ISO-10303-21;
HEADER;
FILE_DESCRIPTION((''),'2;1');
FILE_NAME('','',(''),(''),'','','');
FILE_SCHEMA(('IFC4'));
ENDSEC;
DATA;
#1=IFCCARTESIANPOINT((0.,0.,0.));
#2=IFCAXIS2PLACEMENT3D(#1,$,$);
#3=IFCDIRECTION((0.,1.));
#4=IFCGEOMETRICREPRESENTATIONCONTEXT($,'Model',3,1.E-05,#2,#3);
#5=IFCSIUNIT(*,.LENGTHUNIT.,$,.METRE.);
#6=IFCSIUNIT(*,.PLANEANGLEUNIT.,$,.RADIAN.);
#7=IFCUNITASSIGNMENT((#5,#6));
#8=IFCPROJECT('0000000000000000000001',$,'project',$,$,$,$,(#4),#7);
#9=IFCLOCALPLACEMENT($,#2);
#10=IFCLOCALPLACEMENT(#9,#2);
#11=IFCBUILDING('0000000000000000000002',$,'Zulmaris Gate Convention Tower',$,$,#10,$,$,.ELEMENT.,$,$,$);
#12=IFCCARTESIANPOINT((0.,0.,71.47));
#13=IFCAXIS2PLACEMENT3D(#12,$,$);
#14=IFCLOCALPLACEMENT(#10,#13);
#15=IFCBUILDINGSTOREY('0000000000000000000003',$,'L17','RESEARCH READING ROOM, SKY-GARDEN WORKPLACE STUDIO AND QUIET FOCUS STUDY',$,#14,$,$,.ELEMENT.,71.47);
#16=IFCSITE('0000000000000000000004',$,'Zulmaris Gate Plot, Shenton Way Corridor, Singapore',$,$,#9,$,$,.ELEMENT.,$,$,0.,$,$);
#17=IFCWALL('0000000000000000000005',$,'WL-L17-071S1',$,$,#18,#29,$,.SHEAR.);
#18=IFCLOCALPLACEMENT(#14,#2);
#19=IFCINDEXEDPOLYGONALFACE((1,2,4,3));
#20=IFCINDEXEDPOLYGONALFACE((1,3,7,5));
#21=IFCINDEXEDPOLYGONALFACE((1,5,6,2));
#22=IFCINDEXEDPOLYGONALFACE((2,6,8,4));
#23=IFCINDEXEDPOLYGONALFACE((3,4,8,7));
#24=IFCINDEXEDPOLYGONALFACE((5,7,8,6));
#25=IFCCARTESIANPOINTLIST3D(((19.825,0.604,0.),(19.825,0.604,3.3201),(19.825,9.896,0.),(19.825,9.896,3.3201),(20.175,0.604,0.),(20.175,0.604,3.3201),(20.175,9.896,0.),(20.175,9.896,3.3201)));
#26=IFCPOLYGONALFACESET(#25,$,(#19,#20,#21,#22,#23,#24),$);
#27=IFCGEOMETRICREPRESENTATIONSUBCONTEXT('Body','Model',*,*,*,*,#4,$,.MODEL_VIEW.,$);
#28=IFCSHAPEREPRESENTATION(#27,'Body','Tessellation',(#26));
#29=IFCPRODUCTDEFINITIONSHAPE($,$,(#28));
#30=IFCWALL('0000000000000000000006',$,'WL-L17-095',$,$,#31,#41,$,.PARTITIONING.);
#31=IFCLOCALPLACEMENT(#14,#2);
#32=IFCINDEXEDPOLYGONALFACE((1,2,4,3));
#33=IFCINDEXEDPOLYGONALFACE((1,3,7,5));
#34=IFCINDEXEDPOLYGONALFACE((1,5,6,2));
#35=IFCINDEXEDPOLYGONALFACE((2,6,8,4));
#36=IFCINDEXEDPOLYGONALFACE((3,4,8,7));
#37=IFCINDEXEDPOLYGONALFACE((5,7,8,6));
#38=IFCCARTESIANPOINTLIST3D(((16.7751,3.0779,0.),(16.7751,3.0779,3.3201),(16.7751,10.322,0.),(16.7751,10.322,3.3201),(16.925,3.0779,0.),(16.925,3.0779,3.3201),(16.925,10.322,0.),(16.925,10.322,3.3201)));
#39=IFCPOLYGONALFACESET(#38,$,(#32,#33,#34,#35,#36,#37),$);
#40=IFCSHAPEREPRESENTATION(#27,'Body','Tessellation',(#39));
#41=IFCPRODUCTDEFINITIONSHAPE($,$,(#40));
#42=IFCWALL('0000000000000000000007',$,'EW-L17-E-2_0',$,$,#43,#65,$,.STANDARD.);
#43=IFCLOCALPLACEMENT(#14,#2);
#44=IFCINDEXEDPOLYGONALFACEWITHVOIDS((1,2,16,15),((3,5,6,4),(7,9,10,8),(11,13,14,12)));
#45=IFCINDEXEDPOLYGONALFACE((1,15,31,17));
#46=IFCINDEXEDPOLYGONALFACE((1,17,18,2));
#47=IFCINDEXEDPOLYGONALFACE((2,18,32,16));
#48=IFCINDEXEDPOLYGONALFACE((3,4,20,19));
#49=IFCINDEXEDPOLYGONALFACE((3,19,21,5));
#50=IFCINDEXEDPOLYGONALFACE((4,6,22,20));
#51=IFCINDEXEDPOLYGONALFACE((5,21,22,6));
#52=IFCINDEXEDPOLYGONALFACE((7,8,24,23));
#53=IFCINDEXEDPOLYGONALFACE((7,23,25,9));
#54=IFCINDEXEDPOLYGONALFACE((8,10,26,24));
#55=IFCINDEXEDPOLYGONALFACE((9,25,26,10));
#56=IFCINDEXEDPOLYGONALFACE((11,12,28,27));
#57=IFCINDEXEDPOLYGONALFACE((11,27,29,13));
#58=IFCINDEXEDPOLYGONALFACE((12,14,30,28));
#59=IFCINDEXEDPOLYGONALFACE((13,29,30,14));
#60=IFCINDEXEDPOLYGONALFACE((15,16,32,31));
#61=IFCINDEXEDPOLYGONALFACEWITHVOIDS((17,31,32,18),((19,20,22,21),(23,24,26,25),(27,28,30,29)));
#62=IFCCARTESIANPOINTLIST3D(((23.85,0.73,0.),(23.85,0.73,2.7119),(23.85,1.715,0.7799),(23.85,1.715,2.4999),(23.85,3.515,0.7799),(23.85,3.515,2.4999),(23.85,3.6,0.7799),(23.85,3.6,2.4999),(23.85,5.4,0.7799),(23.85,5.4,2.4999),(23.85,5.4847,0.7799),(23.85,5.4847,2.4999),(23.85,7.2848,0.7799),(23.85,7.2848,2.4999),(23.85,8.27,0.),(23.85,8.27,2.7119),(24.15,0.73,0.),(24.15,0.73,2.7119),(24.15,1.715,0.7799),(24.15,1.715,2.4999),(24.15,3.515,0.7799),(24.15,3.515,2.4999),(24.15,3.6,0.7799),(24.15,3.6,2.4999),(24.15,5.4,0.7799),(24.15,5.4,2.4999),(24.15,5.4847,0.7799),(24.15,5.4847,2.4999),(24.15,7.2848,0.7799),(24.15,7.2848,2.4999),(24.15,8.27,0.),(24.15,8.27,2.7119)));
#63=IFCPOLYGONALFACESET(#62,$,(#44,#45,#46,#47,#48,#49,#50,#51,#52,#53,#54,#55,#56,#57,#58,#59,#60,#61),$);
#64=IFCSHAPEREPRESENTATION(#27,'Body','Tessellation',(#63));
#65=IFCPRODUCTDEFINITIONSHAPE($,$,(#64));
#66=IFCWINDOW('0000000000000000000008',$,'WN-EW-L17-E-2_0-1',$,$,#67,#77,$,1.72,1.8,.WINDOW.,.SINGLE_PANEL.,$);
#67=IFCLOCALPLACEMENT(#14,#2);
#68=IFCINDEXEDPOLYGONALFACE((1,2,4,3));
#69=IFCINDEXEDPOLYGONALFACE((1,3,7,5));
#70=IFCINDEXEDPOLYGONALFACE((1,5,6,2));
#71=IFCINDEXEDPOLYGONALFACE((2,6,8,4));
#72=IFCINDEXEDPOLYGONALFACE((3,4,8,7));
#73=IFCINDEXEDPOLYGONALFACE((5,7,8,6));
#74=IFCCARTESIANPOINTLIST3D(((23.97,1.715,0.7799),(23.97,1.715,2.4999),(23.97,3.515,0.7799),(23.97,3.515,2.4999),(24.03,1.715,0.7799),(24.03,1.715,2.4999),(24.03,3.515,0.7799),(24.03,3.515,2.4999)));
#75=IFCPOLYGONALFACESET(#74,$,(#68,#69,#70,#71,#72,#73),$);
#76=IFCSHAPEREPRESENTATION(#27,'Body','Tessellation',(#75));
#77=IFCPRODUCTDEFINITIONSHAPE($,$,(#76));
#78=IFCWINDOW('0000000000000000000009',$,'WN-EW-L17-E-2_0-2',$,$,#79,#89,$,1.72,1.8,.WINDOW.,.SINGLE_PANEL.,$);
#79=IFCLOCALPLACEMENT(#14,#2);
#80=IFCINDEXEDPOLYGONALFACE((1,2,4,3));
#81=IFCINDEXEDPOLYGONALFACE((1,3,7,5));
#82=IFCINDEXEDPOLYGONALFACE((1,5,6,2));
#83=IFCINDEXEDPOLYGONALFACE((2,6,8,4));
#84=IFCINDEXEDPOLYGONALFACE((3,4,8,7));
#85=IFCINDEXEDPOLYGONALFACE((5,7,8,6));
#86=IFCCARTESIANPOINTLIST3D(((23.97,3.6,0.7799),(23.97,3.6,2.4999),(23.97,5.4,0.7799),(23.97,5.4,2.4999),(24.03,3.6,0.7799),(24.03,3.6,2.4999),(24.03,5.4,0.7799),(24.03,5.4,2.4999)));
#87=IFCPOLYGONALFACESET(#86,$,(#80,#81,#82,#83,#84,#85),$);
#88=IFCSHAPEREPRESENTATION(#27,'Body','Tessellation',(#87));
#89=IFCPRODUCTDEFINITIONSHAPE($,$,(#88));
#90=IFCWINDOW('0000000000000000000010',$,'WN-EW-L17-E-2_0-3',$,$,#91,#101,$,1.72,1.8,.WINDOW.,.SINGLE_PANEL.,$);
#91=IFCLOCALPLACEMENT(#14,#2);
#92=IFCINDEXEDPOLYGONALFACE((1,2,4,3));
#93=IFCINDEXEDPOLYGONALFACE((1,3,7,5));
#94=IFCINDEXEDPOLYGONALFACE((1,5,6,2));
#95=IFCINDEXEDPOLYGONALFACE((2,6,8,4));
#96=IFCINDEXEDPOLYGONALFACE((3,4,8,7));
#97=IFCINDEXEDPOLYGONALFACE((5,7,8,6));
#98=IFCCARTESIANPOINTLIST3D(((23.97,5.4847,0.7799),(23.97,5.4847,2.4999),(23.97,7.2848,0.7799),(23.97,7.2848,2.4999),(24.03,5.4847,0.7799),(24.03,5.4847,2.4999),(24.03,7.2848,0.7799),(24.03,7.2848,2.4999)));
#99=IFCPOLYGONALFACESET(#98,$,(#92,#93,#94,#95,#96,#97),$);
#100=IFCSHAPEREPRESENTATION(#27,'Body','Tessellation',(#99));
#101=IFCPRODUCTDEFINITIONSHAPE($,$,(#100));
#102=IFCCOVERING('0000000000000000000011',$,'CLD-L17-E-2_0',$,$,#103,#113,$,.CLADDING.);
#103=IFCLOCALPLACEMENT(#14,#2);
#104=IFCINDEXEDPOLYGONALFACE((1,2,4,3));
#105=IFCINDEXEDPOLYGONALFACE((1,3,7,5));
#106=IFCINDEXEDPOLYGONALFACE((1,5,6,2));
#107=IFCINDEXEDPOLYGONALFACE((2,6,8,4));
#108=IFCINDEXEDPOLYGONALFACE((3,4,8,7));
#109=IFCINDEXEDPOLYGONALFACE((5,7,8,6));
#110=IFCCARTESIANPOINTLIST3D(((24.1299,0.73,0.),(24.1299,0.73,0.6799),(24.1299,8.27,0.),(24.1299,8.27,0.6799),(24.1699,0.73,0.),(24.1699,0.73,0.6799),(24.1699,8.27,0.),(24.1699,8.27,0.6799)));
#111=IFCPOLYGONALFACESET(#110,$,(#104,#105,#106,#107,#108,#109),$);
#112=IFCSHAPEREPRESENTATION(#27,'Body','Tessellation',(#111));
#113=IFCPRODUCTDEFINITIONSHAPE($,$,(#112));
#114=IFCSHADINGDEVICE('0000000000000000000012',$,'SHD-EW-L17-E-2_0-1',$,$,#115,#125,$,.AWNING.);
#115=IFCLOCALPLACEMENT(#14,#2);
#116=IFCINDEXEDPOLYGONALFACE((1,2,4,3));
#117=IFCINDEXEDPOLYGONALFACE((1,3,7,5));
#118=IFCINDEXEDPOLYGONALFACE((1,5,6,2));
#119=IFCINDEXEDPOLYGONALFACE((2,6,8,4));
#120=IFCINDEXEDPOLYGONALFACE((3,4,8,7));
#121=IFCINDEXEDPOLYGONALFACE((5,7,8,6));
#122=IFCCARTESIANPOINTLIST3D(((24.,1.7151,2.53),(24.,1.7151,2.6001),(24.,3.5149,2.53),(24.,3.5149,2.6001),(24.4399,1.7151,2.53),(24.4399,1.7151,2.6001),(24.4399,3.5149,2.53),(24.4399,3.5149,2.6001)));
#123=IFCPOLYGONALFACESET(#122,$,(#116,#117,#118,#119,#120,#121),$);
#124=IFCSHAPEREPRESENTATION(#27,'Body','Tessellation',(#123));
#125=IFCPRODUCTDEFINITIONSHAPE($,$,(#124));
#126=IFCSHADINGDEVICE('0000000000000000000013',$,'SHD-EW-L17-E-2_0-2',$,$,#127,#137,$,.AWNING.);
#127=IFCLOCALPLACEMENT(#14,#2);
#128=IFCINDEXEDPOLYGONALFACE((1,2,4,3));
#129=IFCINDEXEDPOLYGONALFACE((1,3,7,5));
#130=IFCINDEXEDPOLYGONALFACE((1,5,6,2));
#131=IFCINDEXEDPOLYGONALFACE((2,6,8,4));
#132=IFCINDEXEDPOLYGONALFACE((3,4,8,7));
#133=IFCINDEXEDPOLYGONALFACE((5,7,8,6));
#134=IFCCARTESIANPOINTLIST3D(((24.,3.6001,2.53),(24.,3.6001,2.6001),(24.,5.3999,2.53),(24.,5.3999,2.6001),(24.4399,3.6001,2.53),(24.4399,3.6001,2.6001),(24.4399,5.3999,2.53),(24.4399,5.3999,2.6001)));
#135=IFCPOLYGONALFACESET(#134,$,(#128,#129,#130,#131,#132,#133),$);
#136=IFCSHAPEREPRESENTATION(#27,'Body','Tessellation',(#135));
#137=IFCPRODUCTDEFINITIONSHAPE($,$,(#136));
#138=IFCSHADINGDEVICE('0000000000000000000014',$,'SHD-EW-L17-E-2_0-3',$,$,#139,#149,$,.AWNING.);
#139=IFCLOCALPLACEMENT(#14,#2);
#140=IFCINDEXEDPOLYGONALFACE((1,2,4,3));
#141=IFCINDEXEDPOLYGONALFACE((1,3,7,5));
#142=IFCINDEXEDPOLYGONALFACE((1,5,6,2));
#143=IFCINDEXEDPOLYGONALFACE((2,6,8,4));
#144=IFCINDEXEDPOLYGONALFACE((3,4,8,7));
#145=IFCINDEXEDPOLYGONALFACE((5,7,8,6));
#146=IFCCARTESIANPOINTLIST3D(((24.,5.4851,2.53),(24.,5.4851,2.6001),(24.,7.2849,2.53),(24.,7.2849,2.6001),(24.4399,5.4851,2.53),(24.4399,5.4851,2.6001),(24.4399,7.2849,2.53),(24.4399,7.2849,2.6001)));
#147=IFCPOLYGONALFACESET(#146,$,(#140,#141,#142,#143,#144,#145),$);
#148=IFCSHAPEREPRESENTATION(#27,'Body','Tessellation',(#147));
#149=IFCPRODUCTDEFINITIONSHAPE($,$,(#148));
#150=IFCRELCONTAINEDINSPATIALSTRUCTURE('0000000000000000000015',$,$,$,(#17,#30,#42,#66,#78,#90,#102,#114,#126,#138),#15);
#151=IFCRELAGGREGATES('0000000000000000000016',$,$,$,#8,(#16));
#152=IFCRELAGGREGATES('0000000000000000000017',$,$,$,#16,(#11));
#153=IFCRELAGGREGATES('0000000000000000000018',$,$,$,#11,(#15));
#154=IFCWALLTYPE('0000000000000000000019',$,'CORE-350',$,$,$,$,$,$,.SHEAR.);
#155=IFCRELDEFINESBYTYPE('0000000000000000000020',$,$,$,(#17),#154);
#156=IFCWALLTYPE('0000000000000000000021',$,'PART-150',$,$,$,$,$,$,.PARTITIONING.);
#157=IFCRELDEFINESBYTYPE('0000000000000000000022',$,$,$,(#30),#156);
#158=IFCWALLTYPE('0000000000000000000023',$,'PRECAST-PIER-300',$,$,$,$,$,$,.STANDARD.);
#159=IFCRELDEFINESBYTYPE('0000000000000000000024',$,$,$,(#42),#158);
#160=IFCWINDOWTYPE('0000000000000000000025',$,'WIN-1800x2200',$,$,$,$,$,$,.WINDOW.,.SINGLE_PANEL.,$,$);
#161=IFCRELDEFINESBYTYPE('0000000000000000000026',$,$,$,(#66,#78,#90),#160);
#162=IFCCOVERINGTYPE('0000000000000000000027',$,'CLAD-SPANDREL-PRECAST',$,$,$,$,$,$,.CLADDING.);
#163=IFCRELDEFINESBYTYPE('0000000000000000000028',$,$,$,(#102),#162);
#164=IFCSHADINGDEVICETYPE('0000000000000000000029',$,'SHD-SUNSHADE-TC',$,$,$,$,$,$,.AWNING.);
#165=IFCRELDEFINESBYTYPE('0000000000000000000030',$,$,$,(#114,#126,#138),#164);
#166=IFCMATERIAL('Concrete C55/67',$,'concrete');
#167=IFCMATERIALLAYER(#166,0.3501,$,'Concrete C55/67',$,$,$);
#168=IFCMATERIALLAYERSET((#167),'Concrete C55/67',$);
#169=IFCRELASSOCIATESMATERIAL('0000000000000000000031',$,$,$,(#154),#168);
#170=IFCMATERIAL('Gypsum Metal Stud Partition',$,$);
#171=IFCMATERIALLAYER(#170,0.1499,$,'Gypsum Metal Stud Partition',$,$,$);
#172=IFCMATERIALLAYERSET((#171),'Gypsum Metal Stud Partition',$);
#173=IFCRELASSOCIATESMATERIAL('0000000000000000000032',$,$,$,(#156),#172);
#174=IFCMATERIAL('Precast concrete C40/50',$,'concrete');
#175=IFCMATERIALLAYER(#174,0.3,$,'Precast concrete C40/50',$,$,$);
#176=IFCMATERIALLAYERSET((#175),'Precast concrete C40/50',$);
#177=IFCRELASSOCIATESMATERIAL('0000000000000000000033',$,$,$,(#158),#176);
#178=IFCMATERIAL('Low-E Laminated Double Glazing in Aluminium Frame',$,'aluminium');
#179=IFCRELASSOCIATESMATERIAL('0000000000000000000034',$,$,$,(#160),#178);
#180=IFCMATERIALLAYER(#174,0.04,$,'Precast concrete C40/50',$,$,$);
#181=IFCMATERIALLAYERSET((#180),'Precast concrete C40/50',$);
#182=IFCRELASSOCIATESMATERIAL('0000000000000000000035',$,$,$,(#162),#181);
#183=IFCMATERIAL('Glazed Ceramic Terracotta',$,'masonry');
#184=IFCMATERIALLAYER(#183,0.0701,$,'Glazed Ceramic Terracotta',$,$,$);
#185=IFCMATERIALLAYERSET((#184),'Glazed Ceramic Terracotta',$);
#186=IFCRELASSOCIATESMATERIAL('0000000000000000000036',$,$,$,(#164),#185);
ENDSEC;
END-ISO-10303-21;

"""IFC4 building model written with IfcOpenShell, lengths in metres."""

from ifc_helpers import new_model, si_unit, direction, frame, frame_2d, origin, place, context, subcontext, project, spatial, rectangle, extrude, material, layer, layer_set, type_object, element, fill, save


model = new_model("IFC4")

# Units and contexts
model_context = context("Model", 3, precision=1e-05, world=origin(), true_north=direction((0.0, 1.0)))
body_context = subcontext(model_context, "Body", "Model", "MODEL_VIEW")
ifc_project = project(units=[si_unit("LENGTHUNIT", "METRE"), si_unit("PLANEANGLEUNIT", "RADIAN")], contexts=[model_context])

# Site, building, storey
site_placement = place(None, origin())
site = spatial("IfcSite", under=ifc_project, at=site_placement, Name="Zulmaris Gate Plot, Shenton Way Corridor, Singapore", CompositionType="ELEMENT", RefElevation=0.0)
building_placement = place(site_placement, origin())
building = spatial("IfcBuilding", under=site, at=building_placement, Name="Zulmaris Gate Convention Tower", CompositionType="ELEMENT")
storey_placement = place(building_placement, frame((0.0, 0.0, 71.47)))
storey = spatial("IfcBuildingStorey", under=building, at=storey_placement, Name="L17", Description="RESEARCH READING ROOM, SKY-GARDEN WORKPLACE STUDIO AND QUIET FOCUS STUDY", CompositionType="ELEMENT", Elevation=71.47)

# Wall
ifc_material_1 = material(Name="Concrete C55/67", Category="concrete")
ifc_layer_1 = layer(ifc_material_1, 0.3501, Name="Concrete C55/67")
ifc_layer_set_1 = layer_set([ifc_layer_1], Name="Concrete C55/67")
wall_type_1 = type_object("IfcWallType", Name="CORE-350", PredefinedType="SHEAR", material=ifc_layer_set_1)
wall_1_placement = place(storey_placement, frame((20.0, 0.604, 0.0), z_axis=(0.0, 0.0, 1.0), x_axis=(0.0, 1.0, 0.0)))
element("IfcWall", 1, at=wall_1_placement, inside=storey, type_object=wall_type_1, Name="WL-L17-071S1", PredefinedType="SHEAR", context=body_context, shape_type="SweptSolid", body=[
    extrude(rectangle(XDim=9.292, YDim=0.3501, at=frame_2d((4.646, 0.0))), origin(), (0.0, 0.0, 1.0), 3.3201),
])

# Shared definitions
ifc_material_2 = material(Name="Gypsum Metal Stud Partition")
ifc_layer_2 = layer(ifc_material_2, 0.1499, Name="Gypsum Metal Stud Partition")
ifc_layer_set_2 = layer_set([ifc_layer_2], Name="Gypsum Metal Stud Partition")
wall_type_2 = type_object("IfcWallType", Name="PART-150", PredefinedType="PARTITIONING", material=ifc_layer_set_2)

# Wall
wall_2_placement = place(storey_placement, frame((16.8501, 3.0779, 0.0), z_axis=(0.0, 0.0, 1.0), x_axis=(0.0, 1.0, 0.0)))
element("IfcWall", 2, at=wall_2_placement, inside=storey, type_object=wall_type_2, Name="WL-L17-095", PredefinedType="PARTITIONING", context=body_context, shape_type="SweptSolid", body=[
    extrude(rectangle(XDim=7.2441, YDim=0.1499, at=frame_2d((3.6221, 0.0))), origin(), (0.0, 0.0, 1.0), 3.3201),
])

# Wall, openings, windows
ifc_material_3 = material(Name="Precast concrete C40/50", Category="concrete")
ifc_layer_3 = layer(ifc_material_3, 0.3, Name="Precast concrete C40/50")
ifc_layer_set_3 = layer_set([ifc_layer_3], Name="Precast concrete C40/50")
wall_type_3 = type_object("IfcWallType", Name="PRECAST-PIER-300", PredefinedType="STANDARD", material=ifc_layer_set_3)
wall_3_placement = place(storey_placement, frame((24.0, 0.73, 0.0), z_axis=(0.0, 0.0, 1.0), x_axis=(0.0, 1.0, 0.0)))
wall_3 = element("IfcWall", 3, at=wall_3_placement, inside=storey, type_object=wall_type_3, Name="EW-L17-E-2_0", PredefinedType="STANDARD", context=body_context, shape_type="SweptSolid", body=[
    extrude(rectangle(XDim=7.54, YDim=0.3, at=frame_2d((3.77, 0.0))), origin(), (0.0, 0.0, 1.0), 2.7119),
])
opening_1_placement = place(wall_3_placement, frame((0.9851, 0.0, 0.78)))
opening_1 = element("IfcOpeningElement", 4, at=opening_1_placement, cuts=wall_3, PredefinedType="OPENING", context=body_context, shape_type="SweptSolid", body=[
    extrude(rectangle(XDim=1.8, YDim=1.72, at=frame_2d((0.8999, 0.8599))), frame((0.0, 0.1602, 0.0), z_axis=(0.0, -1.0, 0.0), x_axis=(1.0, 0.0, 0.0)), (0.0, 0.0, 1.0), 0.3201),
])
opening_2_placement = place(wall_3_placement, frame((2.8701, 0.0, 0.78)))
opening_2 = element("IfcOpeningElement", 5, at=opening_2_placement, cuts=wall_3, PredefinedType="OPENING", context=body_context, shape_type="SweptSolid", body=[
    extrude(rectangle(XDim=1.8, YDim=1.72, at=frame_2d((0.8999, 0.8599))), frame((0.0, 0.1602, 0.0), z_axis=(0.0, -1.0, 0.0), x_axis=(1.0, 0.0, 0.0)), (0.0, 0.0, 1.0), 0.3201),
])
opening_3_placement = place(wall_3_placement, frame((4.7549, 0.0, 0.78)))
opening_3 = element("IfcOpeningElement", 6, at=opening_3_placement, cuts=wall_3, PredefinedType="OPENING", context=body_context, shape_type="SweptSolid", body=[
    extrude(rectangle(XDim=1.8, YDim=1.72, at=frame_2d((0.8999, 0.8599))), frame((0.0, 0.1602, 0.0), z_axis=(0.0, -1.0, 0.0), x_axis=(1.0, 0.0, 0.0)), (0.0, 0.0, 1.0), 0.3201),
])
ifc_material_4 = material(Name="Low-E Laminated Double Glazing in Aluminium Frame", Category="aluminium")
window_type = type_object("IfcWindowType", Name="WIN-1800x2200", PartitioningType="SINGLE_PANEL", PredefinedType="WINDOW", material=ifc_material_4)
window_1_placement = place(opening_1_placement, origin())
window_1 = element("IfcWindow", 7, at=window_1_placement, inside=storey, type_object=window_type, Name="WN-EW-L17-E-2_0-1", OverallHeight=1.72, OverallWidth=1.8, PartitioningType="SINGLE_PANEL", PredefinedType="WINDOW", context=body_context, shape_type="SweptSolid", body=[
    extrude(rectangle(XDim=1.8, YDim=1.72, at=frame_2d((0.8999, 0.8599))), frame((0.0, 0.03, 0.0), z_axis=(0.0, -1.0, 0.0), x_axis=(1.0, 0.0, 0.0)), (0.0, 0.0, 1.0), 0.0601),
])
fill(opening_1, window_1)
window_2_placement = place(opening_2_placement, origin())
window_2 = element("IfcWindow", 8, at=window_2_placement, inside=storey, type_object=window_type, Name="WN-EW-L17-E-2_0-2", OverallHeight=1.72, OverallWidth=1.8, PartitioningType="SINGLE_PANEL", PredefinedType="WINDOW", context=body_context, shape_type="SweptSolid", body=[
    extrude(rectangle(XDim=1.8, YDim=1.72, at=frame_2d((0.8999, 0.8599))), frame((0.0, 0.03, 0.0), z_axis=(0.0, -1.0, 0.0), x_axis=(1.0, 0.0, 0.0)), (0.0, 0.0, 1.0), 0.0601),
])
fill(opening_2, window_2)
window_3_placement = place(opening_3_placement, origin())
window_3 = element("IfcWindow", 9, at=window_3_placement, inside=storey, type_object=window_type, Name="WN-EW-L17-E-2_0-3", OverallHeight=1.72, OverallWidth=1.8, PartitioningType="SINGLE_PANEL", PredefinedType="WINDOW", context=body_context, shape_type="SweptSolid", body=[
    extrude(rectangle(XDim=1.8, YDim=1.72, at=frame_2d((0.8999, 0.8599))), frame((0.0, 0.03, 0.0), z_axis=(0.0, -1.0, 0.0), x_axis=(1.0, 0.0, 0.0)), (0.0, 0.0, 1.0), 0.0601),
])
fill(opening_3, window_3)

# Covering
ifc_layer_4 = layer(ifc_material_3, 0.04, Name="Precast concrete C40/50")
ifc_layer_set_4 = layer_set([ifc_layer_4], Name="Precast concrete C40/50")
covering_type = type_object("IfcCoveringType", Name="CLAD-SPANDREL-PRECAST", PredefinedType="CLADDING", material=ifc_layer_set_4)
covering_placement = place(storey_placement, frame((24.1499, 0.73, 0.0), z_axis=(0.0, 0.0, 1.0), x_axis=(0.0, 1.0, 0.0)))
element("IfcCovering", 10, at=covering_placement, inside=storey, type_object=covering_type, Name="CLD-L17-E-2_0", PredefinedType="CLADDING", context=body_context, shape_type="SweptSolid", body=[
    extrude(rectangle(XDim=7.54, YDim=0.04, at=frame_2d((3.77, 0.0))), origin(), (0.0, 0.0, 1.0), 0.6799),
])

# Shading devices
ifc_material_5 = material(Name="Glazed Ceramic Terracotta", Category="masonry")
ifc_layer_5 = layer(ifc_material_5, 0.0701, Name="Glazed Ceramic Terracotta")
ifc_layer_set_5 = layer_set([ifc_layer_5], Name="Glazed Ceramic Terracotta")
shading_device_type = type_object("IfcShadingDeviceType", Name="SHD-SUNSHADE-TC", PredefinedType="AWNING", material=ifc_layer_set_5)
for number, where, z_axis, x_axis, name in (
    (11, (24.22, 1.7151, 2.53), (0.0, 0.0, 1.0), (0.0, 1.0, 0.0), "SHD-EW-L17-E-2_0-1"),
    (12, (24.22, 3.6001, 2.53), (0.0, 0.0, 1.0), (0.0, 1.0, 0.0), "SHD-EW-L17-E-2_0-2"),
    (13, (24.22, 5.4851, 2.53), (0.0, 0.0, 1.0), (0.0, 1.0, 0.0), "SHD-EW-L17-E-2_0-3"),
):
    element("IfcShadingDevice", number, at=place(storey_placement, frame(where, z_axis=z_axis, x_axis=x_axis)), inside=storey, type_object=shading_device_type, Name=name, PredefinedType="AWNING", context=body_context, shape_type="SweptSolid", body=[
        extrude(rectangle(XDim=1.7998, YDim=0.4399, at=frame_2d((0.8999, 0.0))), origin(), (0.0, 0.0, 1.0), 0.0701),
    ])

save(model, "model.ifc")
